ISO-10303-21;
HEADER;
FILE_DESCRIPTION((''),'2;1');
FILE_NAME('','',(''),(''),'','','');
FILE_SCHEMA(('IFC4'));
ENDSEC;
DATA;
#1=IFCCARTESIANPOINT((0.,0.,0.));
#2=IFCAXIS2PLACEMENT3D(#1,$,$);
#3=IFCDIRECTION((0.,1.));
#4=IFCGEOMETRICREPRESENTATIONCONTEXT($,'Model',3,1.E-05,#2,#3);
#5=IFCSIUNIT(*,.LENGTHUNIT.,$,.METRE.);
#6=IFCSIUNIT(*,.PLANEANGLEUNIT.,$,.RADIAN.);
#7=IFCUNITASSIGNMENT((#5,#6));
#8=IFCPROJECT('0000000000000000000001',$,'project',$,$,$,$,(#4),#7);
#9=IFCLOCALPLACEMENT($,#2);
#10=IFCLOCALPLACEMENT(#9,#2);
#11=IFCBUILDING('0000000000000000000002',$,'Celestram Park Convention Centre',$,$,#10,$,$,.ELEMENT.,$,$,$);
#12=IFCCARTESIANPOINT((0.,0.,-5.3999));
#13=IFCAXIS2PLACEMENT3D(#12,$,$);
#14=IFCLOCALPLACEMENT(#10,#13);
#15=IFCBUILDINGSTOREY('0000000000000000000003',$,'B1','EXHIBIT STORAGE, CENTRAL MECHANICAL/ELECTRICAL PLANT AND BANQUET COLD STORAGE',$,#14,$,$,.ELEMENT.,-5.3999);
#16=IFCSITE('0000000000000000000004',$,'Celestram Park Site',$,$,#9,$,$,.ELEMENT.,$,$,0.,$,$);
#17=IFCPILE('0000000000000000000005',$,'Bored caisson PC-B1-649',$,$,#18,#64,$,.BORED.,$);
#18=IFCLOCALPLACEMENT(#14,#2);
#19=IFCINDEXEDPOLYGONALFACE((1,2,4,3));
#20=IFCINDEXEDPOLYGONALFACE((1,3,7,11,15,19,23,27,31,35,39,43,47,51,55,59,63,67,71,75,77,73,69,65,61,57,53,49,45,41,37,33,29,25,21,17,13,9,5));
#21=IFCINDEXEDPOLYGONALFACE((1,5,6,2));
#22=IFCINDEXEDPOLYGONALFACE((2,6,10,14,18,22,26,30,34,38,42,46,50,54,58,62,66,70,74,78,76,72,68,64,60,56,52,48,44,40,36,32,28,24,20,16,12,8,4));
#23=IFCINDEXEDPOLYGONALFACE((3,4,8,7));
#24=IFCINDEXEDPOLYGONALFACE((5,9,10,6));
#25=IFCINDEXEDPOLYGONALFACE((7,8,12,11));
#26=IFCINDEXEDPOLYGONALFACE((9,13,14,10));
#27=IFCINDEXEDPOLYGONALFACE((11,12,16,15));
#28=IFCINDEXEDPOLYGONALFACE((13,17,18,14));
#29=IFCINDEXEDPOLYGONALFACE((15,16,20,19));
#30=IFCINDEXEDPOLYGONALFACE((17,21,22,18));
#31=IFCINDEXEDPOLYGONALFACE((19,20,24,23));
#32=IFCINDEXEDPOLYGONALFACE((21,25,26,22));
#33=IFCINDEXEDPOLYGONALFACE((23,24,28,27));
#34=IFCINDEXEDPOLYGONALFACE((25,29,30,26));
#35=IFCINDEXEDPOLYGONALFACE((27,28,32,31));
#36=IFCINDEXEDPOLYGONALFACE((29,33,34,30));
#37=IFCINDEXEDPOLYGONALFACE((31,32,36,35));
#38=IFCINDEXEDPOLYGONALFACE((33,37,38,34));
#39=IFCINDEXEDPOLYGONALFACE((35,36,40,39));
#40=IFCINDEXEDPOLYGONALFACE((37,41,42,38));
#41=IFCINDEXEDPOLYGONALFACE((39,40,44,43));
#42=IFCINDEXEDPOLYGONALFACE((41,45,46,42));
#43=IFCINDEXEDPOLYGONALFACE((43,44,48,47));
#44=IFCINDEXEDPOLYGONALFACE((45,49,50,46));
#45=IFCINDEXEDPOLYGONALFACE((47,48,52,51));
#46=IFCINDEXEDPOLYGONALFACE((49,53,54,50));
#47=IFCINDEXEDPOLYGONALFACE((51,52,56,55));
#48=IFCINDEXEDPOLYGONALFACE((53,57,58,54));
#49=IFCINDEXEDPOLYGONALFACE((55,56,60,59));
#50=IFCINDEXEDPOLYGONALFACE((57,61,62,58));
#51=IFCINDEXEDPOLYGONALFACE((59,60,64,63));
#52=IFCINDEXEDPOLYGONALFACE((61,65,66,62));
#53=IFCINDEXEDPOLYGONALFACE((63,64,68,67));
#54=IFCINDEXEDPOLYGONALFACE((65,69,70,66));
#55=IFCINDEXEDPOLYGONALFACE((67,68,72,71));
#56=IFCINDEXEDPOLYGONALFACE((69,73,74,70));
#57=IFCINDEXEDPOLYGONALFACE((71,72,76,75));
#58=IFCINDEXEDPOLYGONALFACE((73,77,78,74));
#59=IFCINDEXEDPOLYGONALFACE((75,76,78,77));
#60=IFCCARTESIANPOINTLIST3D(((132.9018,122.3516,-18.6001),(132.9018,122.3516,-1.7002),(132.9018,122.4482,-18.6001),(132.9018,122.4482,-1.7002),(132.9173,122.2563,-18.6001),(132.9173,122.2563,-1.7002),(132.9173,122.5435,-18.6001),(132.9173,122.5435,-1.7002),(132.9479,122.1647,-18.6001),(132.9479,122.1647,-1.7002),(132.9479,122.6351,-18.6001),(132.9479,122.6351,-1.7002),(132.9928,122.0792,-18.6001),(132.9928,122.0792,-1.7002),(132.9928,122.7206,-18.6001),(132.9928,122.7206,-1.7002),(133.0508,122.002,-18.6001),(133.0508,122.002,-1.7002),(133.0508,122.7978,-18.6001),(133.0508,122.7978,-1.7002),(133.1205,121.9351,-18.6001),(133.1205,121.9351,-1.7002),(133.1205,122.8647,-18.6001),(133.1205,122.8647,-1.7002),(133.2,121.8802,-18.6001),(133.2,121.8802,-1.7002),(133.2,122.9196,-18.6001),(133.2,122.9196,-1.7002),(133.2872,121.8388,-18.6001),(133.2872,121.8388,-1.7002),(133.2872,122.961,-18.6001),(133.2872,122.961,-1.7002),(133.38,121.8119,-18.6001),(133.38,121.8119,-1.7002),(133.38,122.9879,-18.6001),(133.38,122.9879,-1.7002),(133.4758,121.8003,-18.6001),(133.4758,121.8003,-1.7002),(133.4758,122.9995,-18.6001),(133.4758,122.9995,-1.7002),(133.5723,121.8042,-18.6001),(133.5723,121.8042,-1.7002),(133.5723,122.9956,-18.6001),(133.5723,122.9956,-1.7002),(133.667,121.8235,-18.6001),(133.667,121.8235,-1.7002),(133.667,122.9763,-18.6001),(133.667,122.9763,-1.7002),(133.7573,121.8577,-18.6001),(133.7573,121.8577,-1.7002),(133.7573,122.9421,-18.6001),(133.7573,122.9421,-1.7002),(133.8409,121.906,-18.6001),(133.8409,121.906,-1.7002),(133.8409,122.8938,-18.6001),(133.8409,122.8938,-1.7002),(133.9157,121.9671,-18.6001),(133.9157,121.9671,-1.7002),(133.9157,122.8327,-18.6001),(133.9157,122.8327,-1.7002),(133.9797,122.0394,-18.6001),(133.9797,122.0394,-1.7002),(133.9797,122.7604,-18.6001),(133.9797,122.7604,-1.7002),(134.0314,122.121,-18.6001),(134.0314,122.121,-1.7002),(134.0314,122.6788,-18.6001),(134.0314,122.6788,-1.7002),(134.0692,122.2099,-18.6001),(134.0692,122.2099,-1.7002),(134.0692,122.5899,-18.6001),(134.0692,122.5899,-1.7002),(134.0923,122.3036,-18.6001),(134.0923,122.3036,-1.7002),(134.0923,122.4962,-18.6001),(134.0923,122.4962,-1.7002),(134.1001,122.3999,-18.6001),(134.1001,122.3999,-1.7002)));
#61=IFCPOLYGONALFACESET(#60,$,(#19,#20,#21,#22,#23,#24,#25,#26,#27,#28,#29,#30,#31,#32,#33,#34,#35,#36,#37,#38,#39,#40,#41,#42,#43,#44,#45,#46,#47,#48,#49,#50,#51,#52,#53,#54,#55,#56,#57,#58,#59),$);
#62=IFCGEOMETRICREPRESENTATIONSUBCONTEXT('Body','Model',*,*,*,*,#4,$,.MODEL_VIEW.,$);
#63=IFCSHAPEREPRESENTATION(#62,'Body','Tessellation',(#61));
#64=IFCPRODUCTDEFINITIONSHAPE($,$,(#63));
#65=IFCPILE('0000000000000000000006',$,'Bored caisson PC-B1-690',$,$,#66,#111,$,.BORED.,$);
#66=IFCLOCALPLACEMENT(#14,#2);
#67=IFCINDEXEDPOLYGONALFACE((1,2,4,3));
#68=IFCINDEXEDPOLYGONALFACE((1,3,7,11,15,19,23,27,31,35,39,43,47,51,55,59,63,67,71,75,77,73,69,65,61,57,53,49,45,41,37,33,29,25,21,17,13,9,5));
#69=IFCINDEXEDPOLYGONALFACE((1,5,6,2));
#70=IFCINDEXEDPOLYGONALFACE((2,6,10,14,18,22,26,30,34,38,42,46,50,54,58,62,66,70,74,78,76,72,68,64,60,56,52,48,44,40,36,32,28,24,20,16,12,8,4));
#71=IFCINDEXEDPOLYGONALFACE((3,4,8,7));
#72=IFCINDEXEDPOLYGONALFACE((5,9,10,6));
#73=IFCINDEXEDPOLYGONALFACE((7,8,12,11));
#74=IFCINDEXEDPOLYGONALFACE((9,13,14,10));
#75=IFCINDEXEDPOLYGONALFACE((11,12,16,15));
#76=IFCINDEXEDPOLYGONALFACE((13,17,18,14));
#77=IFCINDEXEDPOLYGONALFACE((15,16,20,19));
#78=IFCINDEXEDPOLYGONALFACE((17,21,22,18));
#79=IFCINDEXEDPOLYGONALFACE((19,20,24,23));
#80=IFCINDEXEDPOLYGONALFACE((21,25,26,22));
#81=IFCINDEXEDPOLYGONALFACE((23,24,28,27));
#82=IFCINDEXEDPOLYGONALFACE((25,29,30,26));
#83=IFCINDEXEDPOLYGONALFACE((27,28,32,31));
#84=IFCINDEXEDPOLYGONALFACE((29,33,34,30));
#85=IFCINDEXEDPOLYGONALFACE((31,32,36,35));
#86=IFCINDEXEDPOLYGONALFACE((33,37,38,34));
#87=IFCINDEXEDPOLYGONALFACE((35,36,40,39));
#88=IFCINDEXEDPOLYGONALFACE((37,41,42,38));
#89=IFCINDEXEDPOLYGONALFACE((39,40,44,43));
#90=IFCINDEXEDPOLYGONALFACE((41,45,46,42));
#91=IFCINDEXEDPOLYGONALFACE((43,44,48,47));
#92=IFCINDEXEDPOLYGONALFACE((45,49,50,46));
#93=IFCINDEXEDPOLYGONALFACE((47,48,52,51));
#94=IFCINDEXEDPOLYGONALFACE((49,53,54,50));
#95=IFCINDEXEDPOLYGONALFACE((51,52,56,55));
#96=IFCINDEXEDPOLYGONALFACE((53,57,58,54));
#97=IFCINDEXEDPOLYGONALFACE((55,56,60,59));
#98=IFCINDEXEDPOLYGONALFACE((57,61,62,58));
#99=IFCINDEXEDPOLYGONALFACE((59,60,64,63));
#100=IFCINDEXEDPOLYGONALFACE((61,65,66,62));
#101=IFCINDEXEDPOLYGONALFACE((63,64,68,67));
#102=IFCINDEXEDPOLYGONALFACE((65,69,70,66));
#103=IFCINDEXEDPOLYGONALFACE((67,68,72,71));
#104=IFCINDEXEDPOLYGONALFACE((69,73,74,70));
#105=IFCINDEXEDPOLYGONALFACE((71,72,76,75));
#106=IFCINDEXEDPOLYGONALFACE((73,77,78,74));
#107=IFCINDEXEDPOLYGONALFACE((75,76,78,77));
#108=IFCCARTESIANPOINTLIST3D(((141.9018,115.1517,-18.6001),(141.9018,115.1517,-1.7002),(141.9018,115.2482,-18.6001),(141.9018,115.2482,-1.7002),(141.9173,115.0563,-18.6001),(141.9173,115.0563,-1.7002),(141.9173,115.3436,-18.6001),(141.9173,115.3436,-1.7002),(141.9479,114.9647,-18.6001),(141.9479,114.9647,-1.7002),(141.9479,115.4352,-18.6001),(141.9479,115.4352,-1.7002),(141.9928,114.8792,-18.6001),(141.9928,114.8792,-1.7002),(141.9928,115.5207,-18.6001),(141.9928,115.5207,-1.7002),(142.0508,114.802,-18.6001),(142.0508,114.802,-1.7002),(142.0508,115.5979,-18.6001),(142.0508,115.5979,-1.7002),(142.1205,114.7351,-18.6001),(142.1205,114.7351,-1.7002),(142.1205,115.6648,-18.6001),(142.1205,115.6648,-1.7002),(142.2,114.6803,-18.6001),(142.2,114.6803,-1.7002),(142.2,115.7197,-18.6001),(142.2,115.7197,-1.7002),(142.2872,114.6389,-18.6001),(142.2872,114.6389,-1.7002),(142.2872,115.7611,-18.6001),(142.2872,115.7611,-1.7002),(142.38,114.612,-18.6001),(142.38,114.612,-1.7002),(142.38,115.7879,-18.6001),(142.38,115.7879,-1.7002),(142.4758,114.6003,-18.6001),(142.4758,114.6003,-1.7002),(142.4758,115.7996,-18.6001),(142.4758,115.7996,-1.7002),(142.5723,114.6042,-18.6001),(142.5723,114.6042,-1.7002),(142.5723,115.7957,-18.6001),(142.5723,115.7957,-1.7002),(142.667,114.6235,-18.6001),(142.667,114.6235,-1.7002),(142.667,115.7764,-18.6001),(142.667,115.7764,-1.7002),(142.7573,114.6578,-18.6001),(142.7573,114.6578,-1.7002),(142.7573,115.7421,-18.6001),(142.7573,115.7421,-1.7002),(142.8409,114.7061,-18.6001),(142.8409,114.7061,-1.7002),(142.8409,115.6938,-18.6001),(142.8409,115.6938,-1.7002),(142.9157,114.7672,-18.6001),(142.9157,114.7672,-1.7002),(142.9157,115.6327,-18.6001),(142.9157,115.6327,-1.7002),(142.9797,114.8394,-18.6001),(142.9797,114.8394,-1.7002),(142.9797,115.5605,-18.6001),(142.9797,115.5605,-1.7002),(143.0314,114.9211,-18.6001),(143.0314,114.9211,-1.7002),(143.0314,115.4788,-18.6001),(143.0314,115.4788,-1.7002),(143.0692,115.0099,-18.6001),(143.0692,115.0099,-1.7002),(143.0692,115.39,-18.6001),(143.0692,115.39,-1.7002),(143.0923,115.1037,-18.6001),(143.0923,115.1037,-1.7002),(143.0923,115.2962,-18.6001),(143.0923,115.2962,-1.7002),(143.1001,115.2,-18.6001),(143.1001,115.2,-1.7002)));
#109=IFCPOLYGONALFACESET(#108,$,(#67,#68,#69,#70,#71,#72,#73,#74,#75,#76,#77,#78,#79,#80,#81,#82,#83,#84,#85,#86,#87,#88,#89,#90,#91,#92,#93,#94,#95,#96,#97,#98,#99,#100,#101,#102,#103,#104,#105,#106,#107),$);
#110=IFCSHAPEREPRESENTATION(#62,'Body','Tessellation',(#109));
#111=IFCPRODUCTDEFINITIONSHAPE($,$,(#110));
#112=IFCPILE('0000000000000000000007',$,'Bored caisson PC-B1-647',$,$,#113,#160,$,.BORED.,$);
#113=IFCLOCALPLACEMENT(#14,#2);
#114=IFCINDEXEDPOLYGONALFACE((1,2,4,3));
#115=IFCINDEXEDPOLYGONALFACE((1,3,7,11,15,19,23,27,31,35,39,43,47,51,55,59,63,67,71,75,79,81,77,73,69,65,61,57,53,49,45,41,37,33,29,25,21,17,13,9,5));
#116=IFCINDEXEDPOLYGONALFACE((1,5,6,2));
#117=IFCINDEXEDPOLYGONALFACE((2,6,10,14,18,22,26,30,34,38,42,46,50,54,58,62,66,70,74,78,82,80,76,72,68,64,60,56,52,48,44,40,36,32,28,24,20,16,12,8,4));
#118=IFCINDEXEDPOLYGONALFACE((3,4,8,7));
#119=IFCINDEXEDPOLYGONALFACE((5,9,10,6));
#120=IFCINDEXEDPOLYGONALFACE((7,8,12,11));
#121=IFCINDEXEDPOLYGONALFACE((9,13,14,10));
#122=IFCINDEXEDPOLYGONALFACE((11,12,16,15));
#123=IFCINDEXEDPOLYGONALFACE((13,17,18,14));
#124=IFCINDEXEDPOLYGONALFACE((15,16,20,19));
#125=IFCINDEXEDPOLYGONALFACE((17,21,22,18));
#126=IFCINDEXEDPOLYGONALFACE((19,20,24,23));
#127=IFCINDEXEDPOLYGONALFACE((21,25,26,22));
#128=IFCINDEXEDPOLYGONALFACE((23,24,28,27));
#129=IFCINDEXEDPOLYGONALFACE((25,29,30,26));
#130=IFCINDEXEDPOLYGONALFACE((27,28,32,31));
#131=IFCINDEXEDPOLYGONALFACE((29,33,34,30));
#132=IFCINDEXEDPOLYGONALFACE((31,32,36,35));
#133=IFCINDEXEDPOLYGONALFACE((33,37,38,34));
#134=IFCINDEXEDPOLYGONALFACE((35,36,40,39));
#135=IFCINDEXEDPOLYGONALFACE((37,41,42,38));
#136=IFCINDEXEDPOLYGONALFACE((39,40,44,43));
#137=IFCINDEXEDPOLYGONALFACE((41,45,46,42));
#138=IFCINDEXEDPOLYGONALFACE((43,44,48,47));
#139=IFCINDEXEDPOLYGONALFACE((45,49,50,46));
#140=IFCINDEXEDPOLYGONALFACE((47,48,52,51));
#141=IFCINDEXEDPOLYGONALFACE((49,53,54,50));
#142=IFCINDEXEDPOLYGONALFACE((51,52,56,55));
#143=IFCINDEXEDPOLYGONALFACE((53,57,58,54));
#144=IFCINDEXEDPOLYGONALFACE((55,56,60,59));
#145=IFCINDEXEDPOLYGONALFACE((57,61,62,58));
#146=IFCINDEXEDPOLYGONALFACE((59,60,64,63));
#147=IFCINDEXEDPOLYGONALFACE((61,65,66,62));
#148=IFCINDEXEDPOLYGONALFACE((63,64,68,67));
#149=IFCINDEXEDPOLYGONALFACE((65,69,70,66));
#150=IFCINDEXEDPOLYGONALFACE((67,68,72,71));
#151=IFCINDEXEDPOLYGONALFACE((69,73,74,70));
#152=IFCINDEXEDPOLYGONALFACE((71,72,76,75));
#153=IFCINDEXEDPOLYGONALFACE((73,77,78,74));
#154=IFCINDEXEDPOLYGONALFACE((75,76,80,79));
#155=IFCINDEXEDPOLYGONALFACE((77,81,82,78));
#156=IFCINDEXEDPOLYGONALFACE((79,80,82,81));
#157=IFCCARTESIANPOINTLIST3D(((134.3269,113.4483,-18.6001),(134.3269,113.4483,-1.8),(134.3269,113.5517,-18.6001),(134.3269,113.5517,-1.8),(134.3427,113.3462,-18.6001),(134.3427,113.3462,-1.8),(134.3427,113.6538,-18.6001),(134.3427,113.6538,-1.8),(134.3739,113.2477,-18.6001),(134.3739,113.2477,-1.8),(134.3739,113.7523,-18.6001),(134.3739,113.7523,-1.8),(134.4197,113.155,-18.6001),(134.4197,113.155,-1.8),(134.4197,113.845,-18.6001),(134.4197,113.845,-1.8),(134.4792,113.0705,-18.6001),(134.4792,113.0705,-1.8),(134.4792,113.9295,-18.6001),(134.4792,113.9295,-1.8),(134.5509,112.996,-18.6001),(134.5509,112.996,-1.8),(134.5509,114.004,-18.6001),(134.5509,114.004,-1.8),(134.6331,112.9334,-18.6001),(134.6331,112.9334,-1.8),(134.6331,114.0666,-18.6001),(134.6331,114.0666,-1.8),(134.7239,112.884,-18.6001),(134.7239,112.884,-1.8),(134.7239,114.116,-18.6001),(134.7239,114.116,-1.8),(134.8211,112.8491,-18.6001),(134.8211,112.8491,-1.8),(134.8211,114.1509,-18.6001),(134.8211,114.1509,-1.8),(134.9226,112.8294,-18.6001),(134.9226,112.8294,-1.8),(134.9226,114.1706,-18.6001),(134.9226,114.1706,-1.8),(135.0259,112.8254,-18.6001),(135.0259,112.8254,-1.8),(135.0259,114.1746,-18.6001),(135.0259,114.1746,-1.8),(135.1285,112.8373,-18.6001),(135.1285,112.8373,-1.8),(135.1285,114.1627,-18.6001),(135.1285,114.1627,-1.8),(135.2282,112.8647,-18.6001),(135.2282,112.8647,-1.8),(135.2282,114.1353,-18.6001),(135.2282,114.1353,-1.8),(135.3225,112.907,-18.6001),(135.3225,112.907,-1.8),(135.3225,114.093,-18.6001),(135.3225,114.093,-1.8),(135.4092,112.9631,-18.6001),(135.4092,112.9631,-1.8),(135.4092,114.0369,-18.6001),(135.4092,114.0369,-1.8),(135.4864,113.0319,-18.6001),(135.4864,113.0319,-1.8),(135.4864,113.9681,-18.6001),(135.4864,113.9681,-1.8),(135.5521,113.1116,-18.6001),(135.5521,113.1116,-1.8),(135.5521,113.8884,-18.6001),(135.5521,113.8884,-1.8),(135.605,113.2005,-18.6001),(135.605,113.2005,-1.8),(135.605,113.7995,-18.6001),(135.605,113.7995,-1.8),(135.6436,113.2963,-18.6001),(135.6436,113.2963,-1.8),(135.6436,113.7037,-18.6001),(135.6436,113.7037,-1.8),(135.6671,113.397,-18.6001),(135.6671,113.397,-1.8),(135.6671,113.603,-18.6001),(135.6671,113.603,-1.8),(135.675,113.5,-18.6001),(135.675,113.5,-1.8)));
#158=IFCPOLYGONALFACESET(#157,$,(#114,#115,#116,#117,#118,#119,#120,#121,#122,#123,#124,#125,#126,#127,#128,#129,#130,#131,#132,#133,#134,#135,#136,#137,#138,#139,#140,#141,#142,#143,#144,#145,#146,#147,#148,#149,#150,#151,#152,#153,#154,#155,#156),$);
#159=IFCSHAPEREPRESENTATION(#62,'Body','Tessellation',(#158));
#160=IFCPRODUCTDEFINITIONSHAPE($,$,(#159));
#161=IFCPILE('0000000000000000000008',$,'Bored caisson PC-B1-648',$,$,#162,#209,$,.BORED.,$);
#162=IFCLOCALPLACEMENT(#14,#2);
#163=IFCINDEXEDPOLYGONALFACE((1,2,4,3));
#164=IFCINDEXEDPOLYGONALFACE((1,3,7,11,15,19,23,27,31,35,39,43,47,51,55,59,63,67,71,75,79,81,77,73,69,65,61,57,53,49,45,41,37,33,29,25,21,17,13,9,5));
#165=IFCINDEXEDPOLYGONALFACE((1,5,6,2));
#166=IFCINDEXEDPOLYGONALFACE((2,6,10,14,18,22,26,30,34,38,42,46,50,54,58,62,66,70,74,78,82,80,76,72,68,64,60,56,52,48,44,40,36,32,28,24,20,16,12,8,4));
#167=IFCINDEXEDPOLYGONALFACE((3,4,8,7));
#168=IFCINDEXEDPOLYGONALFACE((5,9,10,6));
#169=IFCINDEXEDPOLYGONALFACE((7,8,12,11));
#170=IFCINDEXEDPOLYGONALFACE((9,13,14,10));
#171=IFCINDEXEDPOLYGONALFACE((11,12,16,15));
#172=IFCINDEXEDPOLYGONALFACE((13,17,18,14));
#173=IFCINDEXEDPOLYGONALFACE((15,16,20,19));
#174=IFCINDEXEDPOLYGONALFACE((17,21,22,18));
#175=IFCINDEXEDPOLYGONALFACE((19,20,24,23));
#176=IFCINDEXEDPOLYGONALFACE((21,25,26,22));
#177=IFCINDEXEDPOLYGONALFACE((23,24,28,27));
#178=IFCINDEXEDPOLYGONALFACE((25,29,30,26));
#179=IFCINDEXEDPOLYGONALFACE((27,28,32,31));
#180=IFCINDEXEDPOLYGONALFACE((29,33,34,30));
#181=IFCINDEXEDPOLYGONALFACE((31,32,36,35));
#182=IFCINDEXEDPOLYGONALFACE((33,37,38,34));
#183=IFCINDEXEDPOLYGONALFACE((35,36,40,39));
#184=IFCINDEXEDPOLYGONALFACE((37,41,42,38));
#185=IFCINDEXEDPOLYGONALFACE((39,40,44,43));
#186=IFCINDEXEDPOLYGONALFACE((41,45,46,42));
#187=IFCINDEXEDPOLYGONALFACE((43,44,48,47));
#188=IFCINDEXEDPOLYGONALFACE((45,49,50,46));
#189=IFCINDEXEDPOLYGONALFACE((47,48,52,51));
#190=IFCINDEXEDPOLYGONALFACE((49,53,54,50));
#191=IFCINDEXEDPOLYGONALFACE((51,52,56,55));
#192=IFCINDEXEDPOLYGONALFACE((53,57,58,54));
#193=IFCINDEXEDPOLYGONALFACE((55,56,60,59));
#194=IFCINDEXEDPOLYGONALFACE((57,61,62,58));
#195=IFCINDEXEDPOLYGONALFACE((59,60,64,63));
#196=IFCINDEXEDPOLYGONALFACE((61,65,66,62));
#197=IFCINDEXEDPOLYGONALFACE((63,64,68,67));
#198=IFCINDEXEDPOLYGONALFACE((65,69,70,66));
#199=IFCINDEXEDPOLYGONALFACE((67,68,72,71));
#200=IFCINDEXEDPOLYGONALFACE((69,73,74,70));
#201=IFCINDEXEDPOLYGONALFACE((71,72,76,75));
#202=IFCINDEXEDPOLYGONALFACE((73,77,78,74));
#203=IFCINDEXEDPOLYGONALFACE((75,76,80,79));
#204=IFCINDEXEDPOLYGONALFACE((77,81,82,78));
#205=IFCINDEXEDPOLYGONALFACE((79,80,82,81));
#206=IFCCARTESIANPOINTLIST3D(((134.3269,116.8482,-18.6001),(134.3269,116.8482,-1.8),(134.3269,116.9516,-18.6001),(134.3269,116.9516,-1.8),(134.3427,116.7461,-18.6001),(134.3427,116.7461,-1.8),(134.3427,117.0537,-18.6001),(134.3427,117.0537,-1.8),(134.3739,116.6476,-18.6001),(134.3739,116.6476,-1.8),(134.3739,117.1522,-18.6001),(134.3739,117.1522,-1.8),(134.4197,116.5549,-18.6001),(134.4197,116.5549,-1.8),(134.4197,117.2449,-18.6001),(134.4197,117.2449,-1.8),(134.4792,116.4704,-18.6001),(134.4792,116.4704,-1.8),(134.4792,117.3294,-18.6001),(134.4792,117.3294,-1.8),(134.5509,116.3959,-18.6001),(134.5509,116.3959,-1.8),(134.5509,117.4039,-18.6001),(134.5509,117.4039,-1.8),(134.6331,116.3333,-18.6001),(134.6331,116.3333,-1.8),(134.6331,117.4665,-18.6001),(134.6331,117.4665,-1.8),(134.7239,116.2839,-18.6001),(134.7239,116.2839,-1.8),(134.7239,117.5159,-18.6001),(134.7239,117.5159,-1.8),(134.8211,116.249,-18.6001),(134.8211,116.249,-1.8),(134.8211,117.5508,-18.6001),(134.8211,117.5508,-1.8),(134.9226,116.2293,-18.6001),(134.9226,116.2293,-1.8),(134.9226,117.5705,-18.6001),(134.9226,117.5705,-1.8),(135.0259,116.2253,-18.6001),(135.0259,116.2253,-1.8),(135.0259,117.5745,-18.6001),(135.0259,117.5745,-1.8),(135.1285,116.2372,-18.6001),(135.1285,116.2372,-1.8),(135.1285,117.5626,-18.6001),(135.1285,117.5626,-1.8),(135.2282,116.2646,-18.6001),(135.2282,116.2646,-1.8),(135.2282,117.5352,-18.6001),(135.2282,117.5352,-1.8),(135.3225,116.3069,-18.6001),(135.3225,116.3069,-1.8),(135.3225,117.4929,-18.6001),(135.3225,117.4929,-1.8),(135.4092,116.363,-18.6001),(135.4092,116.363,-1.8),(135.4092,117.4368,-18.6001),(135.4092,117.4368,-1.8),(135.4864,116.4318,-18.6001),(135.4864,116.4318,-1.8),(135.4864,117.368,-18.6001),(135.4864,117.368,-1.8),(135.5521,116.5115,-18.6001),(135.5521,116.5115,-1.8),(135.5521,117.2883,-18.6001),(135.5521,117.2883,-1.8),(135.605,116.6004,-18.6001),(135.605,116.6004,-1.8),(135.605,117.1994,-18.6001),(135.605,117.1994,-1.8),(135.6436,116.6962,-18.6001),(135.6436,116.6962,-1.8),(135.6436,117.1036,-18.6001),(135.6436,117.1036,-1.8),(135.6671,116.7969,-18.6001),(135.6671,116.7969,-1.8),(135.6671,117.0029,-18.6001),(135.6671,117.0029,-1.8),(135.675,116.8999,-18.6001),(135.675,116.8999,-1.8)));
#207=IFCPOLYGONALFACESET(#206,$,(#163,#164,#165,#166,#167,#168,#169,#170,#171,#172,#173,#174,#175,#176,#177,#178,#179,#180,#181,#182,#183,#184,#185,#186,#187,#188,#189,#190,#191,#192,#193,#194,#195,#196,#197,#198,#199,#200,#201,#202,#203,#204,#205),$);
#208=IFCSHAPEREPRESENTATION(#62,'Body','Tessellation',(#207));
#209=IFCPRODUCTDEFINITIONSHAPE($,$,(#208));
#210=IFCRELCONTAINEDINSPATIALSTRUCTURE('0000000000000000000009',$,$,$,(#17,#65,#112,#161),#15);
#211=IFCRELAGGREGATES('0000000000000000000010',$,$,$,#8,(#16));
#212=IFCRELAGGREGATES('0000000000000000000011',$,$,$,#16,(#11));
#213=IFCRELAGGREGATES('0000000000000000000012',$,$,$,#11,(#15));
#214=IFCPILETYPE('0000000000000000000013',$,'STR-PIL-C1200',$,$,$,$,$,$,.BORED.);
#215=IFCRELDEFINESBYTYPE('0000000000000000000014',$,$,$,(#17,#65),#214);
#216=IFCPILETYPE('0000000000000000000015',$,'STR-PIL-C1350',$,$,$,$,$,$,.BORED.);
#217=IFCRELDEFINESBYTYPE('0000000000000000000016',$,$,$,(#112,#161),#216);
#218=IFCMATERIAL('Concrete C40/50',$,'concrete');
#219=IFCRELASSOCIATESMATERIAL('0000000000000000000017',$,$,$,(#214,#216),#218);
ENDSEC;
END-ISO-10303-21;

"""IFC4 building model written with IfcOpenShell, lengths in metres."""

from ifc_helpers import new_model, si_unit, direction, frame, origin, origin_2d, place, context, subcontext, project, spatial, circle, extrude, material, material_profile, profile_set, type_object, element, save


model = new_model("IFC4")

# Units and contexts
model_context = context("Model", 3, precision=1e-05, world=origin(), true_north=direction((0.0, 1.0)))
body_context = subcontext(model_context, "Body", "Model", "MODEL_VIEW")
ifc_project = project(units=[si_unit("LENGTHUNIT", "METRE"), si_unit("PLANEANGLEUNIT", "RADIAN")], contexts=[model_context])

# Site, building, storey
site_placement = place(None, origin())
site = spatial("IfcSite", under=ifc_project, at=site_placement, Name="Celestram Park Site", CompositionType="ELEMENT", RefElevation=0.0)
building_placement = place(site_placement, origin())
building = spatial("IfcBuilding", under=site, at=building_placement, Name="Celestram Park Convention Centre", CompositionType="ELEMENT")
storey_placement = place(building_placement, frame((0.0, 0.0, -5.3999)))
storey = spatial("IfcBuildingStorey", under=building, at=storey_placement, Name="B1", Description="EXHIBIT STORAGE, CENTRAL MECHANICAL/ELECTRICAL PLANT AND BANQUET COLD STORAGE", CompositionType="ELEMENT", Elevation=-5.3999)

# Shared definitions
ifc_material_1 = material(Name="Concrete C40/50", Category="concrete")

# Piles
ifc_material_profile_1 = material_profile(ifc_material_1, circle(Radius=0.6001, at=origin_2d()), Name="CAISSON1200")
ifc_profile_set_1 = profile_set([ifc_material_profile_1], Name="Concrete C40/50")
pile_type_1 = type_object("IfcPileType", Name="STR-PIL-C1200", PredefinedType="BORED", material=ifc_profile_set_1)
for number, where, z_axis, x_axis, name in (
    (1, (133.5, 122.3999, -1.7002), (0.0, 0.0, -1.0), (1.0, 0.0, 0.0), "Bored caisson PC-B1-649"),
    (2, (142.5, 115.2, -1.7002), (0.0, 0.0, -1.0), (1.0, 0.0, 0.0), "Bored caisson PC-B1-690"),
):
    element("IfcPile", number, at=place(storey_placement, frame(where, z_axis=z_axis, x_axis=x_axis)), inside=storey, type_object=pile_type_1, Name=name, PredefinedType="BORED", context=body_context, shape_type="SweptSolid", body=[
        extrude(circle(Radius=0.6001, at=origin_2d()), origin(), (0.0, 0.0, 1.0), 16.8999),
    ])
ifc_material_profile_2 = material_profile(ifc_material_1, circle(Radius=0.675, at=origin_2d()), Name="CAISSON1350")
ifc_profile_set_2 = profile_set([ifc_material_profile_2], Name="Concrete C40/50")
pile_type_2 = type_object("IfcPileType", Name="STR-PIL-C1350", PredefinedType="BORED", material=ifc_profile_set_2)
for number, where, z_axis, x_axis, name in (
    (3, (135.0, 113.5, -1.8), (0.0, 0.0, -1.0), (1.0, 0.0, 0.0), "Bored caisson PC-B1-647"),
    (4, (135.0, 116.8999, -1.8), (0.0, 0.0, -1.0), (1.0, 0.0, 0.0), "Bored caisson PC-B1-648"),
):
    element("IfcPile", number, at=place(storey_placement, frame(where, z_axis=z_axis, x_axis=x_axis)), inside=storey, type_object=pile_type_2, Name=name, PredefinedType="BORED", context=body_context, shape_type="SweptSolid", body=[
        extrude(circle(Radius=0.675, at=origin_2d()), origin(), (0.0, 0.0, 1.0), 16.8),
    ])

save(model, "model.ifc")
